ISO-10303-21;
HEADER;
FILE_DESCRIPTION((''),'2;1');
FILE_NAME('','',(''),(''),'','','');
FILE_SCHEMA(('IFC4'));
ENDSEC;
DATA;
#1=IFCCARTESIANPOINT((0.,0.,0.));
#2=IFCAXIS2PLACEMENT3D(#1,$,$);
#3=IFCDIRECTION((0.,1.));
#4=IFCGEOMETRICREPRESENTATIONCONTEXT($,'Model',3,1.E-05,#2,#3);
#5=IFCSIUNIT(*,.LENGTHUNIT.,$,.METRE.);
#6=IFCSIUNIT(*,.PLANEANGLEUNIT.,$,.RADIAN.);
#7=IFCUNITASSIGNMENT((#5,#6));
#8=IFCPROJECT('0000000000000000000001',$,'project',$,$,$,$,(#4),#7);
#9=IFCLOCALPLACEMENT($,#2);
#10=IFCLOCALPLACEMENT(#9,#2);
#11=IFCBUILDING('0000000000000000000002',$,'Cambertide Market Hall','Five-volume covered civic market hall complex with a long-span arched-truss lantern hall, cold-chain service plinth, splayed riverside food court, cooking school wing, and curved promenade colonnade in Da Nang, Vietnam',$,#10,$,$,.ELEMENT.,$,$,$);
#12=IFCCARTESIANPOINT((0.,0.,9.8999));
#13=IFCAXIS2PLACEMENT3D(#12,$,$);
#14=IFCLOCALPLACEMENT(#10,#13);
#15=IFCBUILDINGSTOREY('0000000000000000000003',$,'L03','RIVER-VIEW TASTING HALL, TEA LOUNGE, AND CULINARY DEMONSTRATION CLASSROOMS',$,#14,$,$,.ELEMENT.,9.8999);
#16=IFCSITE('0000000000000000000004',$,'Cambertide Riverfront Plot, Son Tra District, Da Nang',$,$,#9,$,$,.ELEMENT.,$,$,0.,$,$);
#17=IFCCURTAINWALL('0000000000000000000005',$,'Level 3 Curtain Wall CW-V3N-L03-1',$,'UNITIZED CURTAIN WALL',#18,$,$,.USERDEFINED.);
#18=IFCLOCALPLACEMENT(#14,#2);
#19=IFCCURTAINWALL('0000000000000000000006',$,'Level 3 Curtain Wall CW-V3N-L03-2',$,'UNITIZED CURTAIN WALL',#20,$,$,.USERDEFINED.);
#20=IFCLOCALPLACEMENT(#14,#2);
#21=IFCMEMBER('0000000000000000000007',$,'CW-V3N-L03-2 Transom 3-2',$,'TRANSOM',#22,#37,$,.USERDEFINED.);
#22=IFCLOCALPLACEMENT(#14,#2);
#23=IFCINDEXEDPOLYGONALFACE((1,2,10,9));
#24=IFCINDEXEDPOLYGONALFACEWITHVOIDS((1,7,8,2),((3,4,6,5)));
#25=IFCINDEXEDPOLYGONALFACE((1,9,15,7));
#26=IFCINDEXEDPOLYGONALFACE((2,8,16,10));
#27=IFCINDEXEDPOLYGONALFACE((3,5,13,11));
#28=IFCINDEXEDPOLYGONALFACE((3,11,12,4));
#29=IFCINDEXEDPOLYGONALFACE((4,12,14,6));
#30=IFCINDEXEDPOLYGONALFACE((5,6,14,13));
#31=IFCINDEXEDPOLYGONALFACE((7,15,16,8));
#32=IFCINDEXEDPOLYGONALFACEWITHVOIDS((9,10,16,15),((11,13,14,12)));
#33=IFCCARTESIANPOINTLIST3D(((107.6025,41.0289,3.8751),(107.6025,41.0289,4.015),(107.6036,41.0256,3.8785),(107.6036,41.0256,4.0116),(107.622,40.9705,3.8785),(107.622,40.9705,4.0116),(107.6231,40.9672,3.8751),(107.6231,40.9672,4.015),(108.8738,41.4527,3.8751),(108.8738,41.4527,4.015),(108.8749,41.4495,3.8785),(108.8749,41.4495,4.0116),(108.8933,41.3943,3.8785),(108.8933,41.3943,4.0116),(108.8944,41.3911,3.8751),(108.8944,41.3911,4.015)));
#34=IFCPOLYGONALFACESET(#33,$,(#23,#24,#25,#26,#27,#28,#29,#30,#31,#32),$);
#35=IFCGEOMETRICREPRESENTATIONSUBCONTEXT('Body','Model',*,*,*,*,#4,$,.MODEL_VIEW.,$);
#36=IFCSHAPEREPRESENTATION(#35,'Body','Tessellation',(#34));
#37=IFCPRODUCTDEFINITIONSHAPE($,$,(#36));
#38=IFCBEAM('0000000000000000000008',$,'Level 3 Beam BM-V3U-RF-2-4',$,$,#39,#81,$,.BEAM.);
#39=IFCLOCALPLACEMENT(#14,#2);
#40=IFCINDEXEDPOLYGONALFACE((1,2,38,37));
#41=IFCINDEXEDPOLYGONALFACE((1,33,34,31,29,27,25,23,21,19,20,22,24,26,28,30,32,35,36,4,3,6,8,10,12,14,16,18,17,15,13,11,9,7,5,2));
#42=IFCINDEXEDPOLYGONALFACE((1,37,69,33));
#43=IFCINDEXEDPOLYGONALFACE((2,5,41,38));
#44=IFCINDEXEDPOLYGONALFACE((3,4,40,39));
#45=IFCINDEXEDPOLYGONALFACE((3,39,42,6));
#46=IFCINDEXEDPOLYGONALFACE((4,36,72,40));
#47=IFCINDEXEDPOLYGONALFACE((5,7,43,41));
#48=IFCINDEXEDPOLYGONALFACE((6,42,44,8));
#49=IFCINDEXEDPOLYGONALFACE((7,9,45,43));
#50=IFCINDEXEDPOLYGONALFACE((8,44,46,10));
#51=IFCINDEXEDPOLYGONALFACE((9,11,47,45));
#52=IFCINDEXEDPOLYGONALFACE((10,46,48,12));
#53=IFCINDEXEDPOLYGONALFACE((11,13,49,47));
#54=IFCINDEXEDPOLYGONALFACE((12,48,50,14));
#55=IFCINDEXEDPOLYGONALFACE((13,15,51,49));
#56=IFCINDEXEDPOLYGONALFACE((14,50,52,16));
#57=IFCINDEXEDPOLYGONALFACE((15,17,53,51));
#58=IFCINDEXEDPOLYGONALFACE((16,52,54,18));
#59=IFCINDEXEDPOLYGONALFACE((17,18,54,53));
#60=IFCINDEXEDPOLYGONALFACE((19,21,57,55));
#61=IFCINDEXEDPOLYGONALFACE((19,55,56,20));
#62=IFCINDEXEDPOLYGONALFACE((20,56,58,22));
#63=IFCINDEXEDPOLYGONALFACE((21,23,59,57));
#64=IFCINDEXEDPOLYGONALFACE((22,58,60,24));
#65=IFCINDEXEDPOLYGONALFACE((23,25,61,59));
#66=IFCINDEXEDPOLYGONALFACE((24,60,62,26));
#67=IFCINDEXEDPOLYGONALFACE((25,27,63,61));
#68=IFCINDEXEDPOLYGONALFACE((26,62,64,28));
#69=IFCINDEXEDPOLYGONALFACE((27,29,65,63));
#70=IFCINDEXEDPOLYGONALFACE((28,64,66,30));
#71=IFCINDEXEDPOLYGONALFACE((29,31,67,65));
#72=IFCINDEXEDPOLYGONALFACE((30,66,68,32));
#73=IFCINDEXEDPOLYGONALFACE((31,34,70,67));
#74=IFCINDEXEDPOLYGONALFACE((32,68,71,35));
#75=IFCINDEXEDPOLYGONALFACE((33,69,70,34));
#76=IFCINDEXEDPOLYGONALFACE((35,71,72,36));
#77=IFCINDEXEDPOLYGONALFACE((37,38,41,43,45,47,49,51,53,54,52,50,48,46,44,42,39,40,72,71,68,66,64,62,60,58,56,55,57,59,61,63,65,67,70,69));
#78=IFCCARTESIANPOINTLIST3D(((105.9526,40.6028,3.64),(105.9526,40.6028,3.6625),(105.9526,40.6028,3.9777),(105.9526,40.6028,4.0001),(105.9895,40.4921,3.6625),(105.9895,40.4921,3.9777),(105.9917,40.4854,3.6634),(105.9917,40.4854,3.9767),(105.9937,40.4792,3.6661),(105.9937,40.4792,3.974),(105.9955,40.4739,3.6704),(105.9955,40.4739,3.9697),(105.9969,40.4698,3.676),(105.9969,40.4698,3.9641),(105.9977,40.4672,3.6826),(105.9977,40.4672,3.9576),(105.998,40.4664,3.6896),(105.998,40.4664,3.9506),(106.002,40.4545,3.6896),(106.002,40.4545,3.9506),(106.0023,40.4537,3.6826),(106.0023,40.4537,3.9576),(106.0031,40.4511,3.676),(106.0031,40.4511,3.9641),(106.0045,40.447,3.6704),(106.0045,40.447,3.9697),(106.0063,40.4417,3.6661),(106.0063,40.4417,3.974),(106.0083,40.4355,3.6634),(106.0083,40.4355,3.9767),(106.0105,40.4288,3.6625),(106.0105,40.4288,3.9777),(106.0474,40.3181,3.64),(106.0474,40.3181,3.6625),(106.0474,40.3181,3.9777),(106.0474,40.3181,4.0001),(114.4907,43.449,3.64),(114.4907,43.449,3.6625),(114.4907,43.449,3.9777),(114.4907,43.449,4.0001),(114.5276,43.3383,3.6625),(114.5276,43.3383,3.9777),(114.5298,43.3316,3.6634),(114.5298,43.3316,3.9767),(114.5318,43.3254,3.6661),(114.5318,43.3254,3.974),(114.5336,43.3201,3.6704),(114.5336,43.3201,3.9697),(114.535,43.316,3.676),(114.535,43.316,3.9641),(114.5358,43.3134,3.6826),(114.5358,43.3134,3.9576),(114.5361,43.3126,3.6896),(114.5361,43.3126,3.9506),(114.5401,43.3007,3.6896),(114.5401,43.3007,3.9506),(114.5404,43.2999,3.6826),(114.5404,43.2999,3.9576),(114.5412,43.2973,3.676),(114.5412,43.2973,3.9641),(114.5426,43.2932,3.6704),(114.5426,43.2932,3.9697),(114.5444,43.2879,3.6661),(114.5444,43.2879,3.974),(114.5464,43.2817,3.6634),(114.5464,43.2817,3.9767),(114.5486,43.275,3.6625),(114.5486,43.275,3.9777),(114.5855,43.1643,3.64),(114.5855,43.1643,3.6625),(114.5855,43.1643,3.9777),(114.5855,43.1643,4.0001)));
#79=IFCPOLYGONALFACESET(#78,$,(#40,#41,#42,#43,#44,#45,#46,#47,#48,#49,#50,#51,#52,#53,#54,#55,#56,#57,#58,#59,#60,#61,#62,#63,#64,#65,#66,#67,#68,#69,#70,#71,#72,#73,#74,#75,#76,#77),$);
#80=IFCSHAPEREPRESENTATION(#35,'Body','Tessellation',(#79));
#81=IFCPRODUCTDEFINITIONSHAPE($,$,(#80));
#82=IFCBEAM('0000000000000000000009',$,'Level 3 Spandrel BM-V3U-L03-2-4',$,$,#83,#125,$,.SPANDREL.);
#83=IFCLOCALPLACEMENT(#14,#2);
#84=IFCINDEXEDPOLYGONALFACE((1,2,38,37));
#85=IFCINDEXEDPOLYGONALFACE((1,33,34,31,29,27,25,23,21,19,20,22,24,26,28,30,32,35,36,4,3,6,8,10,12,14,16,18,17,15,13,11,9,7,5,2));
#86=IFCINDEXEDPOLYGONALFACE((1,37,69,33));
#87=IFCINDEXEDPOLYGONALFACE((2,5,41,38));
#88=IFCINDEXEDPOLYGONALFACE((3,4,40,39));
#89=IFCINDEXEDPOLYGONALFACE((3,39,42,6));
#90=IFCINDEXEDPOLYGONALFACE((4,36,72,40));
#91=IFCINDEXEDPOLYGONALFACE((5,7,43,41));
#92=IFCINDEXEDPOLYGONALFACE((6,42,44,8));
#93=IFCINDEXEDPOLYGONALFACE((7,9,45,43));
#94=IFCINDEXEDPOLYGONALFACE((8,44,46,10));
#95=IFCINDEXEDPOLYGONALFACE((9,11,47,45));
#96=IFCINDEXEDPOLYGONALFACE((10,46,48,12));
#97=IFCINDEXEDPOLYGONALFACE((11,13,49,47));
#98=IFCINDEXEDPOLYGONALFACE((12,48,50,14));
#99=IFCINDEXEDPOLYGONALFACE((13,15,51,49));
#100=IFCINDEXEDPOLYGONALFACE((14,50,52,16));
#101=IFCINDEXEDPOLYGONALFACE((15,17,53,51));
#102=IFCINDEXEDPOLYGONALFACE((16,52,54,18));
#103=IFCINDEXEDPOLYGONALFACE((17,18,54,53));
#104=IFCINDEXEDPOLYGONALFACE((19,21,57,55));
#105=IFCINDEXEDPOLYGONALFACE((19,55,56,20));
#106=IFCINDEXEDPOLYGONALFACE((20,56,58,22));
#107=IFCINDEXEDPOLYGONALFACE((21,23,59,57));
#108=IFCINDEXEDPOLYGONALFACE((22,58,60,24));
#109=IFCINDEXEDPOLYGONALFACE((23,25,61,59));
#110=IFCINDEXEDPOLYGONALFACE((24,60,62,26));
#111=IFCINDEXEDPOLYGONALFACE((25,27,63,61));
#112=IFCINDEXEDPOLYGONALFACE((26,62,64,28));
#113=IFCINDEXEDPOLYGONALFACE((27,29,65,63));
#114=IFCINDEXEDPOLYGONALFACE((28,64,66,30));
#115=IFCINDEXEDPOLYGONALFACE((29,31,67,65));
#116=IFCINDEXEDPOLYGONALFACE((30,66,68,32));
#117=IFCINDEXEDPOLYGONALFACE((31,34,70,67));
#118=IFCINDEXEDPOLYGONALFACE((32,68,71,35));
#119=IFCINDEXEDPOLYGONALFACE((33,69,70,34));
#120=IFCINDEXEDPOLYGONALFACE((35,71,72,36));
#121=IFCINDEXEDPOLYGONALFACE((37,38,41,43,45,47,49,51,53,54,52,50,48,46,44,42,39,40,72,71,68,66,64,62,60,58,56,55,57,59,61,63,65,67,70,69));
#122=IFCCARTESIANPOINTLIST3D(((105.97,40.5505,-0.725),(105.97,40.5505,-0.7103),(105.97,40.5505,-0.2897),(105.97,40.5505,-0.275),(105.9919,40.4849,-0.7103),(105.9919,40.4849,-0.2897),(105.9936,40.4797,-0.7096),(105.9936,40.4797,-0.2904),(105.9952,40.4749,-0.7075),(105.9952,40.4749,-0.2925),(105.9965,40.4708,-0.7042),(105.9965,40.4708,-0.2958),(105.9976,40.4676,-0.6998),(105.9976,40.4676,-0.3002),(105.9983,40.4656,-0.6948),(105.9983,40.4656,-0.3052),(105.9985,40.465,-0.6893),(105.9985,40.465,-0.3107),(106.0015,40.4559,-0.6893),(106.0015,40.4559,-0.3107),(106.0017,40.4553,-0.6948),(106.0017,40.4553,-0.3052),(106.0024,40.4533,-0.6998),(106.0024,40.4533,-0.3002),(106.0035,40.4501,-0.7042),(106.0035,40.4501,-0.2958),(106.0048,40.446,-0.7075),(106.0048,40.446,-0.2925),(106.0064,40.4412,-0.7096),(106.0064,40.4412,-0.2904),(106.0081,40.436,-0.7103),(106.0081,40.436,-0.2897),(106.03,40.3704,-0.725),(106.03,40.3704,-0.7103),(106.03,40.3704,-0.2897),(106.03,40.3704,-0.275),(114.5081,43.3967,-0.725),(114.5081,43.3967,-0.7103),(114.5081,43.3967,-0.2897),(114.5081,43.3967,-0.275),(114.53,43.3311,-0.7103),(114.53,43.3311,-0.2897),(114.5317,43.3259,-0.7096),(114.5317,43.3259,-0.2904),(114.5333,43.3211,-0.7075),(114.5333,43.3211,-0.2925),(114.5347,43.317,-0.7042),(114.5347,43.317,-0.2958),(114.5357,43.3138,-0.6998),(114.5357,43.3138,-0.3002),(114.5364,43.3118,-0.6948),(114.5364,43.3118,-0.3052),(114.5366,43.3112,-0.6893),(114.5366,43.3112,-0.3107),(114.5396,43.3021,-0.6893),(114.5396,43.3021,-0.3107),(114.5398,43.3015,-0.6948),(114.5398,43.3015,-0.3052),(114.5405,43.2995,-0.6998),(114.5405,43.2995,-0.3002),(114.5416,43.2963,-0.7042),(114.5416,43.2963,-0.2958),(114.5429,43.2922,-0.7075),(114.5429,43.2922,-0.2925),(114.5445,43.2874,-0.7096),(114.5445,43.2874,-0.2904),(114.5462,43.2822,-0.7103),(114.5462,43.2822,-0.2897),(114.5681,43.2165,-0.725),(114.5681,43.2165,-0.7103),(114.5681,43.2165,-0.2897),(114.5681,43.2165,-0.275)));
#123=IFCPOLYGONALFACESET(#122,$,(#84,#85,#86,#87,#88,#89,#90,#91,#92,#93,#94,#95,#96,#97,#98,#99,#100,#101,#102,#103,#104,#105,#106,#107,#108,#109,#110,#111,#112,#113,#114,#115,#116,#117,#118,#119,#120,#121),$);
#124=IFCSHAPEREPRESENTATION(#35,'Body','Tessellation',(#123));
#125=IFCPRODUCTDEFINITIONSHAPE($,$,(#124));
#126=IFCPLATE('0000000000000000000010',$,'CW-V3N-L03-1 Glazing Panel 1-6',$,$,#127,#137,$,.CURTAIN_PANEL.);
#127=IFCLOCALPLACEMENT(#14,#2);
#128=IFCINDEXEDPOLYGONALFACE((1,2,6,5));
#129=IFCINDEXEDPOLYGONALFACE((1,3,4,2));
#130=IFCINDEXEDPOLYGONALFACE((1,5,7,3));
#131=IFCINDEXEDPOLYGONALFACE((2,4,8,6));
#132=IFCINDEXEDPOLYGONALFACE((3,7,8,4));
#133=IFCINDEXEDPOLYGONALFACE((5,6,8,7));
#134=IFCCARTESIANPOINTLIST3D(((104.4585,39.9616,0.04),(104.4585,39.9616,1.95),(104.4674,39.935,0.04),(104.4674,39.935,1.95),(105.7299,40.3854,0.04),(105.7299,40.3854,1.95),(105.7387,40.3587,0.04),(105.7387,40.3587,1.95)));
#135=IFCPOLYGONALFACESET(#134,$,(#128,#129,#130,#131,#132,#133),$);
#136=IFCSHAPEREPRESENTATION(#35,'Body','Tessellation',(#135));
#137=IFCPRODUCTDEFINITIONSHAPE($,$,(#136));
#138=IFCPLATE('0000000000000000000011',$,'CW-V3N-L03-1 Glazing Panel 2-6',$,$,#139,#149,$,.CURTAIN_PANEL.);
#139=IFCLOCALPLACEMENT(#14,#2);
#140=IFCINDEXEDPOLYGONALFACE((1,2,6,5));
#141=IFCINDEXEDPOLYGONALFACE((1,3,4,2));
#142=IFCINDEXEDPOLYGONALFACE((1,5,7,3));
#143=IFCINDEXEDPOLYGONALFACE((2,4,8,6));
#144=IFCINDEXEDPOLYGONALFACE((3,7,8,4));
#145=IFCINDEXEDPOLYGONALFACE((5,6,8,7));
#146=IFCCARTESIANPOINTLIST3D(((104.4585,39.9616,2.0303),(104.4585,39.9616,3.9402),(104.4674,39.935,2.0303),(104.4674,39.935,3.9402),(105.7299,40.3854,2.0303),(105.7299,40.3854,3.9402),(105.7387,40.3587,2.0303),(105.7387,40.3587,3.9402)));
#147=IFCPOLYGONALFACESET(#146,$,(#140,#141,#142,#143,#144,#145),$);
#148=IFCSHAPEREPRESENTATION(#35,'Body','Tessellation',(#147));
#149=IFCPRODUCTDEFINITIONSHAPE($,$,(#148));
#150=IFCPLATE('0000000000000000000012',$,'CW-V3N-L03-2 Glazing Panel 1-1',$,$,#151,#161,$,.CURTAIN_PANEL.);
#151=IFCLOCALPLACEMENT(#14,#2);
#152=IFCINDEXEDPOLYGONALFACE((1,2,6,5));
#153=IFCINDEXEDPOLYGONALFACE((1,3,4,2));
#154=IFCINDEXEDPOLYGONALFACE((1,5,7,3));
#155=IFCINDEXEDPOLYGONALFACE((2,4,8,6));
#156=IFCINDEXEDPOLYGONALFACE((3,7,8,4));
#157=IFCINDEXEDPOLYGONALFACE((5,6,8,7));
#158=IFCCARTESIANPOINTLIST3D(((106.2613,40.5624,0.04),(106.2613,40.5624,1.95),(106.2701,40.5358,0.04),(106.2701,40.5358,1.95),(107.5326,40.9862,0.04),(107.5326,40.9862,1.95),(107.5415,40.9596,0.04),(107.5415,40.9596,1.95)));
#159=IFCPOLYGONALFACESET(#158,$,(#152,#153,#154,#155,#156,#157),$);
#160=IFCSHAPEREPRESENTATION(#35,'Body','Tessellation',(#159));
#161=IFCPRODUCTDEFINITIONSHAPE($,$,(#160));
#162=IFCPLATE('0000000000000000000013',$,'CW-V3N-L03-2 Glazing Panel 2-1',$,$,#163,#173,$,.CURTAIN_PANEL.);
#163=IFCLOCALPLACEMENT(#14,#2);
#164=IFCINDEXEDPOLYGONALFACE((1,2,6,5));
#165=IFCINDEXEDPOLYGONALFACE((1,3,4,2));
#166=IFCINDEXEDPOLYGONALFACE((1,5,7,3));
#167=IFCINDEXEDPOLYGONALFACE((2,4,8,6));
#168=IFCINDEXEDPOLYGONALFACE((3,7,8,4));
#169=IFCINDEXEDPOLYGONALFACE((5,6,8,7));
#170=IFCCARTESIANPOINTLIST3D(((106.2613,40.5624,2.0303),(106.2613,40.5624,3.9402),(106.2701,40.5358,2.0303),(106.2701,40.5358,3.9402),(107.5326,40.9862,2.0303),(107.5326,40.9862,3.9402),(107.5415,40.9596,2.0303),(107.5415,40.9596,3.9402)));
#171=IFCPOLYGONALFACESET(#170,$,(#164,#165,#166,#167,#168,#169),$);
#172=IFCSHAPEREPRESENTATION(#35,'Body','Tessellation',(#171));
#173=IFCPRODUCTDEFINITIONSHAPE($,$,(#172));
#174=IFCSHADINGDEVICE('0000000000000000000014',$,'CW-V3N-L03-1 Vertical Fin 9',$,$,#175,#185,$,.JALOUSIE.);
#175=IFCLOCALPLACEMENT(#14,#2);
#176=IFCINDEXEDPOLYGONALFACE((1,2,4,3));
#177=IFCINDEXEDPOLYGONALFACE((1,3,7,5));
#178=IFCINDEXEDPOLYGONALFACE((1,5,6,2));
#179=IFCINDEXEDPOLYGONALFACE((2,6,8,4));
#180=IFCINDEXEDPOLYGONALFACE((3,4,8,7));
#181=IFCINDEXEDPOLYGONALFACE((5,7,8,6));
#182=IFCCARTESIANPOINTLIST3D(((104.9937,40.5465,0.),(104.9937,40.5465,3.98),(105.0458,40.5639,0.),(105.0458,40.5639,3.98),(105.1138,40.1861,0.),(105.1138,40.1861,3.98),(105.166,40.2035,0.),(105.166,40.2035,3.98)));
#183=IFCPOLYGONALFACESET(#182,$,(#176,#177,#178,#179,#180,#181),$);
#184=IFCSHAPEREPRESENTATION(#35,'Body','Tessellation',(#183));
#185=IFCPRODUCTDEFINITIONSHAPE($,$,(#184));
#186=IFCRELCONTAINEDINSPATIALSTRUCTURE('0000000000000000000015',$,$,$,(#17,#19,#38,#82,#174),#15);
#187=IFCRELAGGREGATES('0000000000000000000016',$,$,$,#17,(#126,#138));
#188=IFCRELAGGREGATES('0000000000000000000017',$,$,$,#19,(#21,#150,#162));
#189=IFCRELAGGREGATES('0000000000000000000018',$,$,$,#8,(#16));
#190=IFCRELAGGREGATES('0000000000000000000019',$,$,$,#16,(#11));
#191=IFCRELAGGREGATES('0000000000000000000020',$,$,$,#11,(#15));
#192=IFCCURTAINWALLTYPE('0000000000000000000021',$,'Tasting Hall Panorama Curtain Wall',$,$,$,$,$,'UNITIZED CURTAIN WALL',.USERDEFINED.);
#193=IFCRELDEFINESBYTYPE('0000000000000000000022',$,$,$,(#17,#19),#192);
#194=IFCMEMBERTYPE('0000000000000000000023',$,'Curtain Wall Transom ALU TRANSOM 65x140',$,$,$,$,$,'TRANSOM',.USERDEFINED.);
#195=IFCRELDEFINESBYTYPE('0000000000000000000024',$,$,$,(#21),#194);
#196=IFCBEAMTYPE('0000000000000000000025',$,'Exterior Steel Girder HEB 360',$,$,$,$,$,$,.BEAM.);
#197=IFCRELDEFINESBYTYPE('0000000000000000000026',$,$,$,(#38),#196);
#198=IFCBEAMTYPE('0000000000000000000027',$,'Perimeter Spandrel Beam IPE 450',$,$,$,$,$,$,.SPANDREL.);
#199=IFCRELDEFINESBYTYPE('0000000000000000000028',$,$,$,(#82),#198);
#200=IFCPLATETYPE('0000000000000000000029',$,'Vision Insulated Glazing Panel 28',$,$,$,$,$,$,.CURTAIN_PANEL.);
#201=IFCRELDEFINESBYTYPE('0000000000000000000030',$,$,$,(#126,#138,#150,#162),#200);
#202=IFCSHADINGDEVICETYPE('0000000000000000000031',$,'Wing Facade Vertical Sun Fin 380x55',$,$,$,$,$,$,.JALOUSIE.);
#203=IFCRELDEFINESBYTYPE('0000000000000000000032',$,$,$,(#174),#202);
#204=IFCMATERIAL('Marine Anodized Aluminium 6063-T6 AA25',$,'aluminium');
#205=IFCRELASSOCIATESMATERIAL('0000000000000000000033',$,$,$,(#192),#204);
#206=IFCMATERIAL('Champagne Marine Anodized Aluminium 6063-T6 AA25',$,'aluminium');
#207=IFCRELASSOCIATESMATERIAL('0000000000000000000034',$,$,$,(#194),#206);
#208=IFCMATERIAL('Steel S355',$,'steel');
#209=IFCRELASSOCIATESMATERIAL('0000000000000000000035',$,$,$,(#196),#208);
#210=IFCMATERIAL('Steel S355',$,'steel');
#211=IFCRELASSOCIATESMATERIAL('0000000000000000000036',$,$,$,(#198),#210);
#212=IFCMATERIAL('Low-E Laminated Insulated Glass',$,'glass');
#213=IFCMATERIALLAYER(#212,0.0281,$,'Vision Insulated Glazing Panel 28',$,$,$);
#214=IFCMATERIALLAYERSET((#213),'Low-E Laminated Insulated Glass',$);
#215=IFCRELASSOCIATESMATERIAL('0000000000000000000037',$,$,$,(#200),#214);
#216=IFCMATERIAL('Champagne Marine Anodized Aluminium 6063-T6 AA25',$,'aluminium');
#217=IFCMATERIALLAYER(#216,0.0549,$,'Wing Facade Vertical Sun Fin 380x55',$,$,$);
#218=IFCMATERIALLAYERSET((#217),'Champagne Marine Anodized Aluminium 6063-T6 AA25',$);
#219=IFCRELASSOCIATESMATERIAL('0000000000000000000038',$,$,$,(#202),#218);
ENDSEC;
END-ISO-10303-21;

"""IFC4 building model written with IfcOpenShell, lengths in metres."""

from ifc_helpers import new_model, si_unit, direction, frame, origin, origin_2d, place, context, subcontext, project, spatial, rectangle, hollow_rectangle, i_section, extrude, material, layer, layer_set, material_profile, profile_set, type_object, element, aggregate, save


model = new_model("IFC4")

# Units and contexts
model_context = context("Model", 3, precision=1e-05, world=origin(), true_north=direction((0.0, 1.0)))
body_context = subcontext(model_context, "Body", "Model", "MODEL_VIEW")
ifc_project = project(units=[si_unit("LENGTHUNIT", "METRE"), si_unit("PLANEANGLEUNIT", "RADIAN")], contexts=[model_context])

# Site, building, storey
site_placement = place(None, origin())
site = spatial("IfcSite", under=ifc_project, at=site_placement, Name="Cambertide Riverfront Plot, Son Tra District, Da Nang", CompositionType="ELEMENT", RefElevation=0.0)
building_placement = place(site_placement, origin())
building = spatial("IfcBuilding", under=site, at=building_placement, Name="Cambertide Market Hall", Description="Five-volume covered civic market hall complex with a long-span arched-truss lantern hall, cold-chain service plinth, splayed riverside food court, cooking school wing, and curved promenade colonnade in Da Nang, Vietnam", CompositionType="ELEMENT")
storey_placement = place(building_placement, frame((0.0, 0.0, 9.8999)))
storey = spatial("IfcBuildingStorey", under=building, at=storey_placement, Name="L03", Description="RIVER-VIEW TASTING HALL, TEA LOUNGE, AND CULINARY DEMONSTRATION CLASSROOMS", CompositionType="ELEMENT", Elevation=9.8999)

# Curtain wall
ifc_material_1 = material(Name="Marine Anodized Aluminium 6063-T6 AA25", Category="aluminium")
curtain_wall_type = type_object("IfcCurtainWallType", Name="Tasting Hall Panorama Curtain Wall", ElementType="UNITIZED CURTAIN WALL", PredefinedType="USERDEFINED", material=ifc_material_1)
curtain_wall_1_placement = place(storey_placement, origin())
curtain_wall_1 = element("IfcCurtainWall", 1, at=curtain_wall_1_placement, inside=storey, type_object=curtain_wall_type, Name="Level 3 Curtain Wall CW-V3N-L03-1", ObjectType="UNITIZED CURTAIN WALL", PredefinedType="USERDEFINED")

# Curtain wall, member
curtain_wall_2_placement = place(storey_placement, origin())
curtain_wall_2 = element("IfcCurtainWall", 2, at=curtain_wall_2_placement, inside=storey, type_object=curtain_wall_type, Name="Level 3 Curtain Wall CW-V3N-L03-2", ObjectType="UNITIZED CURTAIN WALL", PredefinedType="USERDEFINED")
ifc_material_2 = material(Name="Champagne Marine Anodized Aluminium 6063-T6 AA25", Category="aluminium")
ifc_material_profile_1 = material_profile(ifc_material_2, hollow_rectangle(XDim=0.0649, YDim=0.1399, WallThickness=0.0034, at=origin_2d()), Name="ALU TRANSOM 65x140")
ifc_profile_set_1 = profile_set([ifc_material_profile_1], Name="Champagne Marine Anodized Aluminium 6063-T6 AA25")
member_type_1 = type_object("IfcMemberType", Name="Curtain Wall Transom ALU TRANSOM 65x140", ElementType="TRANSOM", PredefinedType="USERDEFINED", material=ifc_profile_set_1)
member_1_placement = place(storey_placement, frame((107.6128, 40.998, 3.9451), z_axis=(0.948665, 0.316282, 0.0), x_axis=(-0.316282, 0.948665, 0.0)))
member_1 = element("IfcMember", 3, at=member_1_placement, type_object=member_type_1, Name="CW-V3N-L03-2 Transom 3-2", ObjectType="TRANSOM", PredefinedType="USERDEFINED", context=body_context, shape_type="SweptSolid", body=[
    extrude(hollow_rectangle(XDim=0.0649, YDim=0.1399, WallThickness=0.0034, at=origin_2d()), origin(), (0.0, 0.0, 1.0), 1.3401),
])

# Beams
ifc_material_3 = material(Name="Steel S355", Category="steel")
ifc_material_profile_2 = material_profile(ifc_material_3, i_section(OverallWidth=0.3, OverallDepth=0.3601, WebThickness=0.0125, FlangeThickness=0.0225, FilletRadius=0.0271, at=origin_2d()), Name="HEB 360")
ifc_profile_set_2 = profile_set([ifc_material_profile_2], Name="Steel S355")
beam_type_1 = type_object("IfcBeamType", Name="Exterior Steel Girder HEB 360", PredefinedType="BEAM", material=ifc_profile_set_2)
beam_1_placement = place(storey_placement, frame((106.0, 40.4604, 3.8201), z_axis=(0.948678, 0.316244, 0.0), x_axis=(-0.316244, 0.948678, 0.0)))
element("IfcBeam", 4, at=beam_1_placement, inside=storey, type_object=beam_type_1, Name="Level 3 Beam BM-V3U-RF-2-4", PredefinedType="BEAM", context=body_context, shape_type="SweptSolid", body=[
    extrude(i_section(OverallWidth=0.3, OverallDepth=0.3601, WebThickness=0.0125, FlangeThickness=0.0225, FilletRadius=0.0271, at=origin_2d()), origin(), (0.0, 0.0, 1.0), 9.0),
])
ifc_material_4 = material(Name="Steel S355", Category="steel")
ifc_material_profile_3 = material_profile(ifc_material_4, i_section(OverallWidth=0.1899, OverallDepth=0.45, WebThickness=0.0095, FlangeThickness=0.0146, FilletRadius=0.021, at=origin_2d()), Name="IPE 450")
ifc_profile_set_3 = profile_set([ifc_material_profile_3], Name="Steel S355")
beam_type_2 = type_object("IfcBeamType", Name="Perimeter Spandrel Beam IPE 450", PredefinedType="SPANDREL", material=ifc_profile_set_3)
beam_2_placement = place(storey_placement, frame((106.0, 40.4604, -0.5), z_axis=(0.948678, 0.316244, 0.0), x_axis=(-0.316244, 0.948678, 0.0)))
element("IfcBeam", 5, at=beam_2_placement, inside=storey, type_object=beam_type_2, Name="Level 3 Spandrel BM-V3U-L03-2-4", PredefinedType="SPANDREL", context=body_context, shape_type="SweptSolid", body=[
    extrude(i_section(OverallWidth=0.1899, OverallDepth=0.45, WebThickness=0.0095, FlangeThickness=0.0146, FilletRadius=0.021, at=origin_2d()), origin(), (0.0, 0.0, 1.0), 9.0),
])

# Plates
ifc_material_5 = material(Name="Low-E Laminated Insulated Glass", Category="glass")
ifc_layer_1 = layer(ifc_material_5, 0.0281, Name="Vision Insulated Glazing Panel 28")
ifc_layer_set_1 = layer_set([ifc_layer_1], Name="Low-E Laminated Insulated Glass")
plate_type = type_object("IfcPlateType", Name="Vision Insulated Glazing Panel 28", PredefinedType="CURTAIN_PANEL", material=ifc_layer_set_1)
plate_1_placement = place(storey_placement, frame((105.0986, 40.1602, 0.04), z_axis=(0.0, 0.0, 1.0), x_axis=(0.948683, 0.316228, 0.0)))
plate_1 = element("IfcPlate", 6, at=plate_1_placement, type_object=plate_type, Name="CW-V3N-L03-1 Glazing Panel 1-6", PredefinedType="CURTAIN_PANEL", context=body_context, shape_type="SweptSolid", body=[
    extrude(rectangle(XDim=1.3401, YDim=0.0281, at=origin_2d()), origin(), (0.0, 0.0, 1.0), 1.9099),
])
plate_2_placement = place(storey_placement, frame((105.0986, 40.1602, 2.0303), z_axis=(0.0, 0.0, 1.0), x_axis=(0.948683, 0.316228, 0.0)))
plate_2 = element("IfcPlate", 7, at=plate_2_placement, type_object=plate_type, Name="CW-V3N-L03-1 Glazing Panel 2-6", PredefinedType="CURTAIN_PANEL", context=body_context, shape_type="SweptSolid", body=[
    extrude(rectangle(XDim=1.3401, YDim=0.0281, at=origin_2d()), origin(), (0.0, 0.0, 1.0), 1.9099),
])
aggregate(curtain_wall_1, [plate_1, plate_2])
plate_3_placement = place(storey_placement, frame((106.9014, 40.761, 0.04), z_axis=(0.0, 0.0, 1.0), x_axis=(0.948683, 0.316228, 0.0)))
plate_3 = element("IfcPlate", 8, at=plate_3_placement, type_object=plate_type, Name="CW-V3N-L03-2 Glazing Panel 1-1", PredefinedType="CURTAIN_PANEL", context=body_context, shape_type="SweptSolid", body=[
    extrude(rectangle(XDim=1.3401, YDim=0.0281, at=origin_2d()), origin(), (0.0, 0.0, 1.0), 1.9099),
])
plate_4_placement = place(storey_placement, frame((106.9014, 40.761, 2.0303), z_axis=(0.0, 0.0, 1.0), x_axis=(0.948683, 0.316228, 0.0)))
plate_4 = element("IfcPlate", 9, at=plate_4_placement, type_object=plate_type, Name="CW-V3N-L03-2 Glazing Panel 2-1", PredefinedType="CURTAIN_PANEL", context=body_context, shape_type="SweptSolid", body=[
    extrude(rectangle(XDim=1.3401, YDim=0.0281, at=origin_2d()), origin(), (0.0, 0.0, 1.0), 1.9099),
])
aggregate(curtain_wall_2, [member_1, plate_3, plate_4])

# Shading device
ifc_material_6 = material(Name="Champagne Marine Anodized Aluminium 6063-T6 AA25", Category="aluminium")
ifc_layer_2 = layer(ifc_material_6, 0.0549, Name="Wing Facade Vertical Sun Fin 380x55")
ifc_layer_set_2 = layer_set([ifc_layer_2], Name="Champagne Marine Anodized Aluminium 6063-T6 AA25")
shading_device_type = type_object("IfcShadingDeviceType", Name="Wing Facade Vertical Sun Fin 380x55", PredefinedType="JALOUSIE", material=ifc_layer_set_2)
for number, where, z_axis, x_axis, name in (
    (10, (105.0798, 40.375, 0.0), (0.0, 0.0, 1.0), (0.948683, 0.316228, 0.0), "CW-V3N-L03-1 Vertical Fin 9"),
):
    element("IfcShadingDevice", number, at=place(storey_placement, frame(where, z_axis=z_axis, x_axis=x_axis)), inside=storey, type_object=shading_device_type, Name=name, PredefinedType="JALOUSIE", context=body_context, shape_type="SweptSolid", body=[
        extrude(rectangle(XDim=0.0549, YDim=0.3799, at=origin_2d()), origin(), (0.0, 0.0, 1.0), 3.98),
    ])

save(model, "model.ifc")
